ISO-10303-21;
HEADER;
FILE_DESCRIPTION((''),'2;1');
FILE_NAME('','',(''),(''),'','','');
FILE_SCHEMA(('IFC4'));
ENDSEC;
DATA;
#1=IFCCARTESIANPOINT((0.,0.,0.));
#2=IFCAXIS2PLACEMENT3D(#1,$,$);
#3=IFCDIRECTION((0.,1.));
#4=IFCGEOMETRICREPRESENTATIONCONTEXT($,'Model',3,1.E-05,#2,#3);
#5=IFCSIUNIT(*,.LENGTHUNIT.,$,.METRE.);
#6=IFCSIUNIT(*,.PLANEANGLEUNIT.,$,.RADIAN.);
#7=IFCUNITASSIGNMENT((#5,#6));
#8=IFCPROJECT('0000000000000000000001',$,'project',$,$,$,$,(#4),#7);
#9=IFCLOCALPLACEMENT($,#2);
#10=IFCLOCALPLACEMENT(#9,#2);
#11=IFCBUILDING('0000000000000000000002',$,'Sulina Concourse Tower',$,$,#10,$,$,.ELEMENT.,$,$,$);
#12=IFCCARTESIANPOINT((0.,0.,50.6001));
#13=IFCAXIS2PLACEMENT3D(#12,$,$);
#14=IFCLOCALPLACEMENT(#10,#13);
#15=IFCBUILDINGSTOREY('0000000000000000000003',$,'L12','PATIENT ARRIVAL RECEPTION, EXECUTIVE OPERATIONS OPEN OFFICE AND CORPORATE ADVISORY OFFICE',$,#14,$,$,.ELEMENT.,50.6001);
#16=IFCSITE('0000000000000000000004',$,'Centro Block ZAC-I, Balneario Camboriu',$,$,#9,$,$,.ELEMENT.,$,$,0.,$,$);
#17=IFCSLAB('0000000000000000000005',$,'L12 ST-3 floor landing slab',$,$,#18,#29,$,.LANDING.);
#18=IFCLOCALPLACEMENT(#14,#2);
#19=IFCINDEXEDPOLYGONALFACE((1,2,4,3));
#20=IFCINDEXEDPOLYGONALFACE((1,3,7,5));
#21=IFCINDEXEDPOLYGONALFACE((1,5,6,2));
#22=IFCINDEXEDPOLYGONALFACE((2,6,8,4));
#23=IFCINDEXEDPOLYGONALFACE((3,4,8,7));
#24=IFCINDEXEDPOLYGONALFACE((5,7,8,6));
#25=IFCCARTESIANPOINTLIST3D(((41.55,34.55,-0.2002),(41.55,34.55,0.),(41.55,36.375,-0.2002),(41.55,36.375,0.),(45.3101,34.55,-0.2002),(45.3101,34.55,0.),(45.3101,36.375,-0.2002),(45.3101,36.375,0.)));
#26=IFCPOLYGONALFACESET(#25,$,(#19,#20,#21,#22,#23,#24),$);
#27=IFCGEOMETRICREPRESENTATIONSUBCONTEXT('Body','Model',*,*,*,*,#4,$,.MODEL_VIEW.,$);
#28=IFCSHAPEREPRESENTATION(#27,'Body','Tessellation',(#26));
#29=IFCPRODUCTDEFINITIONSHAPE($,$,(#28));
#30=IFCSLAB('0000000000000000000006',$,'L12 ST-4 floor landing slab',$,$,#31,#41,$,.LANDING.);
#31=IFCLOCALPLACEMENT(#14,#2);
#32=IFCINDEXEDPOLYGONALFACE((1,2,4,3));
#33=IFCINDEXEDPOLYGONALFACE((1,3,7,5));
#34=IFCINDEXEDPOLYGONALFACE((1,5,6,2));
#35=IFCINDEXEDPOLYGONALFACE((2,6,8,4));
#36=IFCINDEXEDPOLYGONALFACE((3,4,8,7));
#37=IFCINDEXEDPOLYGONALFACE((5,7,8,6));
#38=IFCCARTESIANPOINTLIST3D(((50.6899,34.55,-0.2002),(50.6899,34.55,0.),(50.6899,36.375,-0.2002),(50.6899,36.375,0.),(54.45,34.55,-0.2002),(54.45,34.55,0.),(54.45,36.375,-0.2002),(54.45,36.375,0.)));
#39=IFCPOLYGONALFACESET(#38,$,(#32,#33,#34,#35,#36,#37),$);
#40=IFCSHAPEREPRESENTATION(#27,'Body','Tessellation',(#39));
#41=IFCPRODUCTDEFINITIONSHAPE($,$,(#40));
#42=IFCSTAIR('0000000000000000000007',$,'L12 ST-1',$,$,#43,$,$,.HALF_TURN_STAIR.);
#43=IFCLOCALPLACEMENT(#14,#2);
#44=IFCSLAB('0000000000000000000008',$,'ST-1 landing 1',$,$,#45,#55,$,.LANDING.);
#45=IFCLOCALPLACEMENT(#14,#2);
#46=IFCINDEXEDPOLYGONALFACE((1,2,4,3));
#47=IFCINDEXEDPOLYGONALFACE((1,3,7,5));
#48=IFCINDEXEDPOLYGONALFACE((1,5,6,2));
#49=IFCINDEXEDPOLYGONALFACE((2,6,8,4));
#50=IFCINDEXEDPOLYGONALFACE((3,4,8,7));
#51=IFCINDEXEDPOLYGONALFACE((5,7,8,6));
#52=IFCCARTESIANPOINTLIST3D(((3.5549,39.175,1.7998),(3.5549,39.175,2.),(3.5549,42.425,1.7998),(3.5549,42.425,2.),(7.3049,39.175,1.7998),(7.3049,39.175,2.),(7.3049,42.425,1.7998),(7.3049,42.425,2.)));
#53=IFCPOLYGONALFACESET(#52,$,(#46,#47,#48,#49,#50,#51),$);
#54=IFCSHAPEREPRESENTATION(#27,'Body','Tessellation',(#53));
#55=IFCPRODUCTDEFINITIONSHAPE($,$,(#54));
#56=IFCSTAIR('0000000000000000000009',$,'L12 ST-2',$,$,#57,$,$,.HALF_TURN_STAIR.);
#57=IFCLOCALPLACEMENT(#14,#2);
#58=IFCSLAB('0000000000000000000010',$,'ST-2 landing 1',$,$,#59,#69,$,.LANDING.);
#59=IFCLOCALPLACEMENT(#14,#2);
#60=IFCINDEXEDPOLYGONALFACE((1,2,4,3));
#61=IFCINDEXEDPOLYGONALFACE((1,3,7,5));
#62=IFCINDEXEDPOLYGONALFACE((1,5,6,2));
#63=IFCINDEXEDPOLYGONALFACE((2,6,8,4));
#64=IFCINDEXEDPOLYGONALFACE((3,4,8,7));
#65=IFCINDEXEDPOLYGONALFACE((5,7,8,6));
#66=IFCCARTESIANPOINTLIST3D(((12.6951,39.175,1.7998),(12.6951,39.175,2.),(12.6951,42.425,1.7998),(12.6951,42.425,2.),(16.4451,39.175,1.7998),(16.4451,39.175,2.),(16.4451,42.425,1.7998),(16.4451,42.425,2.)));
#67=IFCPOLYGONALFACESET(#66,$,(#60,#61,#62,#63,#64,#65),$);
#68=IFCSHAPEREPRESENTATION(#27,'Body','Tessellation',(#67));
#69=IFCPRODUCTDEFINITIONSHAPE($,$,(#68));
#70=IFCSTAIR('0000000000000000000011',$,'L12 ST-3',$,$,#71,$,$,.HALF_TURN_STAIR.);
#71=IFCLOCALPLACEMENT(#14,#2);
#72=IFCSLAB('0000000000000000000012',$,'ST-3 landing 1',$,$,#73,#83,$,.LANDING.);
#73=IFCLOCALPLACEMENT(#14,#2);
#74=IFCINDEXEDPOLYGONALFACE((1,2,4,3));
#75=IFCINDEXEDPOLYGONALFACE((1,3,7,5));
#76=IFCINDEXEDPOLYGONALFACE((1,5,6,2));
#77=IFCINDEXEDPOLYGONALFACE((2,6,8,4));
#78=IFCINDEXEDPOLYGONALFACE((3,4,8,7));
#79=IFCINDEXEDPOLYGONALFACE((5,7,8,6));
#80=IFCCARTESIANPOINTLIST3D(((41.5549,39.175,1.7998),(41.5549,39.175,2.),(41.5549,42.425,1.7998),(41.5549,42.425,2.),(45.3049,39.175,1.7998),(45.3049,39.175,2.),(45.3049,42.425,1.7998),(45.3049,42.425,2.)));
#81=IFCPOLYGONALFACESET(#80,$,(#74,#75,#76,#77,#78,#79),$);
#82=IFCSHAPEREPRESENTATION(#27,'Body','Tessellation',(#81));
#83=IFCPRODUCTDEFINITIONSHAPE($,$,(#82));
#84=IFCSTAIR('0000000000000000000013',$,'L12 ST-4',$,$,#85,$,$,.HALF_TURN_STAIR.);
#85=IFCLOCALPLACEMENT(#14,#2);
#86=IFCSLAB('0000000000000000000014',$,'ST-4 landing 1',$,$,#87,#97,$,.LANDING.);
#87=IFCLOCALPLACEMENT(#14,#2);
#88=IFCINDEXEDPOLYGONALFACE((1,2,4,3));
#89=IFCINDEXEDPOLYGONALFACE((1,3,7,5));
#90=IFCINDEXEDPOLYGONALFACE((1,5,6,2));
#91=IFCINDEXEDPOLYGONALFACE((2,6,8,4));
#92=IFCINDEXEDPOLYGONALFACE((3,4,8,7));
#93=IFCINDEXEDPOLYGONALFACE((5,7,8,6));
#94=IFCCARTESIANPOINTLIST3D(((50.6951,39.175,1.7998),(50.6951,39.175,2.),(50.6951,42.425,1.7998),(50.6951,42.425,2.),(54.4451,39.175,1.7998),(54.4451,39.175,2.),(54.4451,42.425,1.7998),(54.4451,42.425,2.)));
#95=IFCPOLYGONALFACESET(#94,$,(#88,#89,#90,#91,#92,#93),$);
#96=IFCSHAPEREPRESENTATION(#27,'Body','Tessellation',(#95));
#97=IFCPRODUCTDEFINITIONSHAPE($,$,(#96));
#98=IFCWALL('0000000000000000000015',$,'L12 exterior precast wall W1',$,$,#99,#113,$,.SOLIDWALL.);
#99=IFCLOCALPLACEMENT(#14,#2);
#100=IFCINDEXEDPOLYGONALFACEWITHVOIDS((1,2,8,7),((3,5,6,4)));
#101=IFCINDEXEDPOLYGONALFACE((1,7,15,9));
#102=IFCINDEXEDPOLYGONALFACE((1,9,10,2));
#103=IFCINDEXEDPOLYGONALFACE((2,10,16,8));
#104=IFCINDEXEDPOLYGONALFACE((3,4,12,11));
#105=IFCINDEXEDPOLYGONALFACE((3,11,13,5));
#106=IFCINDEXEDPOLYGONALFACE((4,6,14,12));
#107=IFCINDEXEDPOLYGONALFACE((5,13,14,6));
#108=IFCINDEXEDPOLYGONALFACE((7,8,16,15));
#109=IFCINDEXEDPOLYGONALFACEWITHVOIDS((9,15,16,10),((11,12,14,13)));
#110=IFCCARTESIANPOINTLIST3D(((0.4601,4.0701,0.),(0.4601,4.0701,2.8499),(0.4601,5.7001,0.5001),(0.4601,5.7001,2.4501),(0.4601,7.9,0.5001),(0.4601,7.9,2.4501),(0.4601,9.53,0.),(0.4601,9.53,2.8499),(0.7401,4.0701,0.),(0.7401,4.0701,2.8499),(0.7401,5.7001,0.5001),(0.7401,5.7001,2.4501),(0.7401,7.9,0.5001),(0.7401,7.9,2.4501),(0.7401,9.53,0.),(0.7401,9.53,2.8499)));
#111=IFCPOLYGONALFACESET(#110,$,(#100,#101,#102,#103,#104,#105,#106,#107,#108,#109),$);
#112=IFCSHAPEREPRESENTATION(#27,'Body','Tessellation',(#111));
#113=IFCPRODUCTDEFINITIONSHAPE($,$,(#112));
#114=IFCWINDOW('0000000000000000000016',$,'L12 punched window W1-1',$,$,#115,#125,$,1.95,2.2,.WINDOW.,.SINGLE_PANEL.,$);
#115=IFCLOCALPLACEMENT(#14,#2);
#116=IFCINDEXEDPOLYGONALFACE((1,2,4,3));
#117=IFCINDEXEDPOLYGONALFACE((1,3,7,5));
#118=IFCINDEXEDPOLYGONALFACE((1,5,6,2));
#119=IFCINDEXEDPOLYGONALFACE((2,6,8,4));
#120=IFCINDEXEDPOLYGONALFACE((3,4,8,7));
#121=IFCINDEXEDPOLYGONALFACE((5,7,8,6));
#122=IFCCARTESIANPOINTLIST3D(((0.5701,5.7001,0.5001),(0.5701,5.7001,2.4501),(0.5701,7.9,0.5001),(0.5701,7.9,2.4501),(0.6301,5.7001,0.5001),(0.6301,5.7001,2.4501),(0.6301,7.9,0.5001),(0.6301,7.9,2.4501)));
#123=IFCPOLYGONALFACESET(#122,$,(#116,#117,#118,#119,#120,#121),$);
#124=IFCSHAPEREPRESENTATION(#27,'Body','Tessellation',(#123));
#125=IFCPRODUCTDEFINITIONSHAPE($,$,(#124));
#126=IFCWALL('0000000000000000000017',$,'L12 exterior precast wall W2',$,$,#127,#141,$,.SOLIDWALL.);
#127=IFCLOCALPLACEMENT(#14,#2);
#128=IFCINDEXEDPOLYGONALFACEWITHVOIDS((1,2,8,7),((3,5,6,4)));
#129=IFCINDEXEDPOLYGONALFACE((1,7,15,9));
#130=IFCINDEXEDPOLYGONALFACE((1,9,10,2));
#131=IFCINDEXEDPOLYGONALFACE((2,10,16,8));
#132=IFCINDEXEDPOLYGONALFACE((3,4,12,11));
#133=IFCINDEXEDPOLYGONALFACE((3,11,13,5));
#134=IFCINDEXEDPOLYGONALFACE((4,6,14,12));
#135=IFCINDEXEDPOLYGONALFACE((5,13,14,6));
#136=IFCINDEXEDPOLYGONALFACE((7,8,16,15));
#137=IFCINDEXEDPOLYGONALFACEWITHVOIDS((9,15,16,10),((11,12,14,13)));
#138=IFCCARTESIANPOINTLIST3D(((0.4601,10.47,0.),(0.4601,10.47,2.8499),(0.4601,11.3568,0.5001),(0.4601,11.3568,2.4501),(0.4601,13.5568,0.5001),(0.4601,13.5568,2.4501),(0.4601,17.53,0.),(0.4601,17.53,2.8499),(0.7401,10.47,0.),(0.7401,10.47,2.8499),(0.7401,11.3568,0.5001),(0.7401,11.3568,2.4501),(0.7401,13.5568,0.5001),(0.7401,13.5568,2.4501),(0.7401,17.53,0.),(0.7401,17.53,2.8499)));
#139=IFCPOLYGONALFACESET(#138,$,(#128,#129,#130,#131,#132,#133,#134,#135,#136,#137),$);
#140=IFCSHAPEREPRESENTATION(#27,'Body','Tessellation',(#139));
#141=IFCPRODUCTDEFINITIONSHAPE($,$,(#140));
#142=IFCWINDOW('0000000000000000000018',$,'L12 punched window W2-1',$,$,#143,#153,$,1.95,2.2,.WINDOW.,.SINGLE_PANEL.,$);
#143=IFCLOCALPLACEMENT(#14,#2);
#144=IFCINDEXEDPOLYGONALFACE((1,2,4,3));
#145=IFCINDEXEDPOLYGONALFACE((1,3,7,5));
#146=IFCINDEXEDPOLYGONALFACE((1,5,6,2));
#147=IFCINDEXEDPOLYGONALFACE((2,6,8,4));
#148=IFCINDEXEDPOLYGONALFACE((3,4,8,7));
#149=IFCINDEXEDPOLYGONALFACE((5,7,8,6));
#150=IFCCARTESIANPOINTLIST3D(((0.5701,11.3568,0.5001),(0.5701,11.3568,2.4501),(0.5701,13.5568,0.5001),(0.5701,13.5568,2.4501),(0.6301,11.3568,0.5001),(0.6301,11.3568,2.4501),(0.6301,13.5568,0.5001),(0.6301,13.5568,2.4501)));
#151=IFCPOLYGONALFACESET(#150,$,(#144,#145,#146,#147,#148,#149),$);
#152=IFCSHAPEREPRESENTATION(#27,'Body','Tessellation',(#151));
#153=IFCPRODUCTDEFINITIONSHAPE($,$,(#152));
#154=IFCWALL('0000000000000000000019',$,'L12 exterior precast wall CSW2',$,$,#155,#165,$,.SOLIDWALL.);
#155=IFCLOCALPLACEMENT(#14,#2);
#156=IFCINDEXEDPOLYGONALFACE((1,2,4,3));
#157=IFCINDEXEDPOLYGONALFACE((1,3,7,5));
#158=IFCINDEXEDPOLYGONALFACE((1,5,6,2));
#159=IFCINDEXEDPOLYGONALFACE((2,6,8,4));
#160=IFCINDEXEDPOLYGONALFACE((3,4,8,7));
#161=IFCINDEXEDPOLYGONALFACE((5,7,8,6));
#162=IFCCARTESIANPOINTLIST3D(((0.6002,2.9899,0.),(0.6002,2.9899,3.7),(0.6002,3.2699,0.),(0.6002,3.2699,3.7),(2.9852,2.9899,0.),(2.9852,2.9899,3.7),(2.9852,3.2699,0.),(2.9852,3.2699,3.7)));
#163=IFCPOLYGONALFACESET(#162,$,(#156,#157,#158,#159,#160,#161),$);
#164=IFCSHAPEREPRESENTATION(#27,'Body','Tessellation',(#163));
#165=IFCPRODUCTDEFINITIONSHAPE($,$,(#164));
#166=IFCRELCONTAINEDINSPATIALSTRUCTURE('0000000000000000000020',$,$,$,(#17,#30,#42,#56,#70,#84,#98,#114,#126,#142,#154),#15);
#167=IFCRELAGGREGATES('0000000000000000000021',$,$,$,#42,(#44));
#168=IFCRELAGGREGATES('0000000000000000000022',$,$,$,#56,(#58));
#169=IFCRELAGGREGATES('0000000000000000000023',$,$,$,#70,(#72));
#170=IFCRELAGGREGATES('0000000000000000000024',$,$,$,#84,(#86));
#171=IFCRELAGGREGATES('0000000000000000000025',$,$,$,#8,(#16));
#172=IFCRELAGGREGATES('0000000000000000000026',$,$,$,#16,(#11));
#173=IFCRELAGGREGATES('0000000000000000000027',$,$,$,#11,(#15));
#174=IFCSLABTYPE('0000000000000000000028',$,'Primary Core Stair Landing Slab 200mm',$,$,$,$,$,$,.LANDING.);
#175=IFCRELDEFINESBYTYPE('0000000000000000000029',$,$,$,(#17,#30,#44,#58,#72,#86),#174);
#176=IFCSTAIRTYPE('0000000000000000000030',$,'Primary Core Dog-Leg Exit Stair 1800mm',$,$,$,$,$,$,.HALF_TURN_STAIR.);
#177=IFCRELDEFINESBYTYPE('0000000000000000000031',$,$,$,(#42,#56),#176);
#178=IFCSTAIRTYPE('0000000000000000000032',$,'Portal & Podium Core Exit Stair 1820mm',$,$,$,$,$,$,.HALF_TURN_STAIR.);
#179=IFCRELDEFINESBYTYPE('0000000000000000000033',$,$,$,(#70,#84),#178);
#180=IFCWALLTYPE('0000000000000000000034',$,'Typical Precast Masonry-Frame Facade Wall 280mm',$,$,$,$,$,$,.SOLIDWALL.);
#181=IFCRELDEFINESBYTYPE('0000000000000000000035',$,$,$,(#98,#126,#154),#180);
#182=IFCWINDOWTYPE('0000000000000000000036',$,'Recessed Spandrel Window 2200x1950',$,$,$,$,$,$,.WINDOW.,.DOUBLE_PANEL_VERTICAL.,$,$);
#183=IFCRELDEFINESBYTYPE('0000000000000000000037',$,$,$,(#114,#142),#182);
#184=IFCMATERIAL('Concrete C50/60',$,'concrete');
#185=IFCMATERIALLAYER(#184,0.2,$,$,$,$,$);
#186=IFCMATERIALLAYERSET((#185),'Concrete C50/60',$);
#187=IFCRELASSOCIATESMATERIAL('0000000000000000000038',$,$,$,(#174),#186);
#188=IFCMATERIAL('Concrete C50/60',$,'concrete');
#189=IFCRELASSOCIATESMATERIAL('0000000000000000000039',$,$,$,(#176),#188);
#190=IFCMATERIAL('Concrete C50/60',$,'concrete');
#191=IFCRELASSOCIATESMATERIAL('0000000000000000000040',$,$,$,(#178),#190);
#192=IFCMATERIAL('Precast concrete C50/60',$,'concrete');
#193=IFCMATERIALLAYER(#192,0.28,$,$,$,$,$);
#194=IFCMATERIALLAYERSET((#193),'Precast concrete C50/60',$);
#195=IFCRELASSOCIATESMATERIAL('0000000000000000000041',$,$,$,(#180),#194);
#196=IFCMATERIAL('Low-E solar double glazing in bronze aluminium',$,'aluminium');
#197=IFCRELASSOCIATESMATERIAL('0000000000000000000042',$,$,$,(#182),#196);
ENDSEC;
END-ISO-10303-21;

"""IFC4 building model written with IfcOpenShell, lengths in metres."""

from ifc_helpers import new_model, si_unit, direction, frame, frame_2d, origin, place, context, subcontext, project, spatial, polyline, rectangle, outline, extrude, material, layer, layer_set, type_object, element, fill, aggregate, save


model = new_model("IFC4")

# Units and contexts
model_context = context("Model", 3, precision=1e-05, world=origin(), true_north=direction((0.0, 1.0)))
body_context = subcontext(model_context, "Body", "Model", "MODEL_VIEW")
ifc_project = project(units=[si_unit("LENGTHUNIT", "METRE"), si_unit("PLANEANGLEUNIT", "RADIAN")], contexts=[model_context])

# Site, building, storey
site_placement = place(None, origin())
site = spatial("IfcSite", under=ifc_project, at=site_placement, Name="Centro Block ZAC-I, Balneario Camboriu", CompositionType="ELEMENT", RefElevation=0.0)
building_placement = place(site_placement, origin())
building = spatial("IfcBuilding", under=site, at=building_placement, Name="Sulina Concourse Tower", CompositionType="ELEMENT")
storey_placement = place(building_placement, frame((0.0, 0.0, 50.6001)))
storey = spatial("IfcBuildingStorey", under=building, at=storey_placement, Name="L12", Description="PATIENT ARRIVAL RECEPTION, EXECUTIVE OPERATIONS OPEN OFFICE AND CORPORATE ADVISORY OFFICE", CompositionType="ELEMENT", Elevation=50.6001)

# Slabs
ifc_material_1 = material(Name="Concrete C50/60", Category="concrete")
ifc_layer_1 = layer(ifc_material_1, 0.2)
ifc_layer_set_1 = layer_set([ifc_layer_1], Name="Concrete C50/60")
slab_type_1 = type_object("IfcSlabType", Name="Primary Core Stair Landing Slab 200mm", PredefinedType="LANDING", material=ifc_layer_set_1)
slab_1_placement = place(storey_placement, frame((0.0, 0.0, -0.2002)))
element("IfcSlab", 1, at=slab_1_placement, inside=storey, type_object=slab_type_1, Name="L12 ST-3 floor landing slab", PredefinedType="LANDING", context=body_context, shape_type="SweptSolid", body=[
    extrude(outline(polyline([(45.3101, 34.55), (45.3101, 36.375), (41.55, 36.375), (41.55, 34.55), (45.3101, 34.55)])), origin(), (0.0, 0.0, 1.0), 0.2002),
])
slab_2_placement = place(storey_placement, frame((0.0, 0.0, -0.2002)))
element("IfcSlab", 2, at=slab_2_placement, inside=storey, type_object=slab_type_1, Name="L12 ST-4 floor landing slab", PredefinedType="LANDING", context=body_context, shape_type="SweptSolid", body=[
    extrude(outline(polyline([(54.45, 34.55), (54.45, 36.375), (50.6899, 36.375), (50.6899, 34.55), (54.45, 34.55)])), origin(), (0.0, 0.0, 1.0), 0.2002),
])

# Stairs, slabs
ifc_material_2 = material(Name="Concrete C50/60", Category="concrete")
stair_type_1 = type_object("IfcStairType", Name="Primary Core Dog-Leg Exit Stair 1800mm", PredefinedType="HALF_TURN_STAIR", material=ifc_material_2)
stair_1_placement = place(storey_placement, origin())
stair_1 = element("IfcStair", 3, at=stair_1_placement, inside=storey, type_object=stair_type_1, Name="L12 ST-1", PredefinedType="HALF_TURN_STAIR")
slab_3_placement = place(storey_placement, frame((0.0, 0.0, 1.7998)))
slab_3 = element("IfcSlab", 4, at=slab_3_placement, type_object=slab_type_1, Name="ST-1 landing 1", PredefinedType="LANDING", context=body_context, shape_type="SweptSolid", body=[
    extrude(outline(polyline([(7.3049, 39.175), (7.3049, 42.425), (3.5549, 42.425), (3.5549, 39.175), (7.3049, 39.175)])), origin(), (0.0, 0.0, 1.0), 0.2002),
])
aggregate(stair_1, [slab_3])
stair_2_placement = place(storey_placement, origin())
stair_2 = element("IfcStair", 5, at=stair_2_placement, inside=storey, type_object=stair_type_1, Name="L12 ST-2", PredefinedType="HALF_TURN_STAIR")
slab_4_placement = place(storey_placement, frame((0.0, 0.0, 1.7998)))
slab_4 = element("IfcSlab", 6, at=slab_4_placement, type_object=slab_type_1, Name="ST-2 landing 1", PredefinedType="LANDING", context=body_context, shape_type="SweptSolid", body=[
    extrude(outline(polyline([(16.4451, 39.175), (16.4451, 42.425), (12.6951, 42.425), (12.6951, 39.175), (16.4451, 39.175)])), origin(), (0.0, 0.0, 1.0), 0.2002),
])
aggregate(stair_2, [slab_4])
ifc_material_3 = material(Name="Concrete C50/60", Category="concrete")
stair_type_2 = type_object("IfcStairType", Name="Portal & Podium Core Exit Stair 1820mm", PredefinedType="HALF_TURN_STAIR", material=ifc_material_3)
stair_3_placement = place(storey_placement, origin())
stair_3 = element("IfcStair", 7, at=stair_3_placement, inside=storey, type_object=stair_type_2, Name="L12 ST-3", PredefinedType="HALF_TURN_STAIR")
slab_5_placement = place(storey_placement, frame((0.0, 0.0, 1.7998)))
slab_5 = element("IfcSlab", 8, at=slab_5_placement, type_object=slab_type_1, Name="ST-3 landing 1", PredefinedType="LANDING", context=body_context, shape_type="SweptSolid", body=[
    extrude(outline(polyline([(45.3049, 39.175), (45.3049, 42.425), (41.5549, 42.425), (41.5549, 39.175), (45.3049, 39.175)])), origin(), (0.0, 0.0, 1.0), 0.2002),
])
aggregate(stair_3, [slab_5])
stair_4_placement = place(storey_placement, origin())
stair_4 = element("IfcStair", 9, at=stair_4_placement, inside=storey, type_object=stair_type_2, Name="L12 ST-4", PredefinedType="HALF_TURN_STAIR")
slab_6_placement = place(storey_placement, frame((0.0, 0.0, 1.7998)))
slab_6 = element("IfcSlab", 10, at=slab_6_placement, type_object=slab_type_1, Name="ST-4 landing 1", PredefinedType="LANDING", context=body_context, shape_type="SweptSolid", body=[
    extrude(outline(polyline([(54.4451, 39.175), (54.4451, 42.425), (50.6951, 42.425), (50.6951, 39.175), (54.4451, 39.175)])), origin(), (0.0, 0.0, 1.0), 0.2002),
])
aggregate(stair_4, [slab_6])

# Walls, openings, windows
ifc_material_4 = material(Name="Precast concrete C50/60", Category="concrete")
ifc_layer_2 = layer(ifc_material_4, 0.28)
ifc_layer_set_2 = layer_set([ifc_layer_2], Name="Precast concrete C50/60")
wall_type = type_object("IfcWallType", Name="Typical Precast Masonry-Frame Facade Wall 280mm", PredefinedType="SOLIDWALL", material=ifc_layer_set_2)
wall_1_placement = place(storey_placement, frame((0.6001, 4.0701, 0.0), z_axis=(0.0, 0.0, 1.0), x_axis=(0.0, 1.0, 0.0)))
wall_1 = element("IfcWall", 11, at=wall_1_placement, inside=storey, type_object=wall_type, Name="L12 exterior precast wall W1", PredefinedType="SOLIDWALL", context=body_context, shape_type="SweptSolid", body=[
    extrude(rectangle(XDim=5.46, YDim=0.28, at=frame_2d((2.73, 0.0))), origin(), (0.0, 0.0, 1.0), 2.8499),
])
opening_1_placement = place(wall_1_placement, frame((1.6299, 0.0, 0.5)))
opening_1 = element("IfcOpeningElement", 12, at=opening_1_placement, cuts=wall_1, PredefinedType="OPENING", context=body_context, shape_type="SweptSolid", body=[
    extrude(rectangle(XDim=2.2, YDim=1.95, at=frame_2d((1.1001, 0.9751))), frame((0.0, 0.1499, 0.0), z_axis=(0.0, -1.0, 0.0), x_axis=(1.0, 0.0, 0.0)), (0.0, 0.0, 1.0), 0.3),
])
ifc_material_5 = material(Name="Low-E solar double glazing in bronze aluminium", Category="aluminium")
window_type = type_object("IfcWindowType", Name="Recessed Spandrel Window 2200x1950", PartitioningType="DOUBLE_PANEL_VERTICAL", PredefinedType="WINDOW", material=ifc_material_5)
window_1_placement = place(opening_1_placement, origin())
window_1 = element("IfcWindow", 13, at=window_1_placement, inside=storey, type_object=window_type, Name="L12 punched window W1-1", OverallHeight=1.95, OverallWidth=2.2, PartitioningType="SINGLE_PANEL", PredefinedType="WINDOW", context=body_context, shape_type="SweptSolid", body=[
    extrude(rectangle(XDim=2.2, YDim=1.95, at=frame_2d((1.1001, 0.9751))), frame((0.0, 0.03, 0.0), z_axis=(0.0, -1.0, 0.0), x_axis=(1.0, 0.0, 0.0)), (0.0, 0.0, 1.0), 0.0601),
])
fill(opening_1, window_1)
wall_2_placement = place(storey_placement, frame((0.6001, 10.47, 0.0), z_axis=(0.0, 0.0, 1.0), x_axis=(0.0, 1.0, 0.0)))
wall_2 = element("IfcWall", 14, at=wall_2_placement, inside=storey, type_object=wall_type, Name="L12 exterior precast wall W2", PredefinedType="SOLIDWALL", context=body_context, shape_type="SweptSolid", body=[
    extrude(rectangle(XDim=7.0601, YDim=0.28, at=frame_2d((3.53, 0.0))), origin(), (0.0, 0.0, 1.0), 2.8499),
])
opening_2_placement = place(wall_2_placement, frame((0.8867, 0.0, 0.5)))
opening_2 = element("IfcOpeningElement", 15, at=opening_2_placement, cuts=wall_2, PredefinedType="OPENING", context=body_context, shape_type="SweptSolid", body=[
    extrude(rectangle(XDim=2.2, YDim=1.95, at=frame_2d((1.1001, 0.9751))), frame((0.0, 0.1499, 0.0), z_axis=(0.0, -1.0, 0.0), x_axis=(1.0, 0.0, 0.0)), (0.0, 0.0, 1.0), 0.3),
])
window_2_placement = place(opening_2_placement, origin())
window_2 = element("IfcWindow", 16, at=window_2_placement, inside=storey, type_object=window_type, Name="L12 punched window W2-1", OverallHeight=1.95, OverallWidth=2.2, PartitioningType="SINGLE_PANEL", PredefinedType="WINDOW", context=body_context, shape_type="SweptSolid", body=[
    extrude(rectangle(XDim=2.2, YDim=1.95, at=frame_2d((1.1001, 0.9751))), frame((0.0, 0.03, 0.0), z_axis=(0.0, -1.0, 0.0), x_axis=(1.0, 0.0, 0.0)), (0.0, 0.0, 1.0), 0.0601),
])
fill(opening_2, window_2)

# Wall
wall_3_placement = place(storey_placement, frame((2.9851, 3.1299, 0.0), z_axis=(0.0, 0.0, 1.0), x_axis=(-1.0, 0.0, 0.0)))
element("IfcWall", 17, at=wall_3_placement, inside=storey, type_object=wall_type, Name="L12 exterior precast wall CSW2", PredefinedType="SOLIDWALL", context=body_context, shape_type="SweptSolid", body=[
    extrude(rectangle(XDim=2.385, YDim=0.28, at=frame_2d((1.1924, 0.0))), origin(), (0.0, 0.0, 1.0), 3.7),
])

save(model, "model.ifc")
